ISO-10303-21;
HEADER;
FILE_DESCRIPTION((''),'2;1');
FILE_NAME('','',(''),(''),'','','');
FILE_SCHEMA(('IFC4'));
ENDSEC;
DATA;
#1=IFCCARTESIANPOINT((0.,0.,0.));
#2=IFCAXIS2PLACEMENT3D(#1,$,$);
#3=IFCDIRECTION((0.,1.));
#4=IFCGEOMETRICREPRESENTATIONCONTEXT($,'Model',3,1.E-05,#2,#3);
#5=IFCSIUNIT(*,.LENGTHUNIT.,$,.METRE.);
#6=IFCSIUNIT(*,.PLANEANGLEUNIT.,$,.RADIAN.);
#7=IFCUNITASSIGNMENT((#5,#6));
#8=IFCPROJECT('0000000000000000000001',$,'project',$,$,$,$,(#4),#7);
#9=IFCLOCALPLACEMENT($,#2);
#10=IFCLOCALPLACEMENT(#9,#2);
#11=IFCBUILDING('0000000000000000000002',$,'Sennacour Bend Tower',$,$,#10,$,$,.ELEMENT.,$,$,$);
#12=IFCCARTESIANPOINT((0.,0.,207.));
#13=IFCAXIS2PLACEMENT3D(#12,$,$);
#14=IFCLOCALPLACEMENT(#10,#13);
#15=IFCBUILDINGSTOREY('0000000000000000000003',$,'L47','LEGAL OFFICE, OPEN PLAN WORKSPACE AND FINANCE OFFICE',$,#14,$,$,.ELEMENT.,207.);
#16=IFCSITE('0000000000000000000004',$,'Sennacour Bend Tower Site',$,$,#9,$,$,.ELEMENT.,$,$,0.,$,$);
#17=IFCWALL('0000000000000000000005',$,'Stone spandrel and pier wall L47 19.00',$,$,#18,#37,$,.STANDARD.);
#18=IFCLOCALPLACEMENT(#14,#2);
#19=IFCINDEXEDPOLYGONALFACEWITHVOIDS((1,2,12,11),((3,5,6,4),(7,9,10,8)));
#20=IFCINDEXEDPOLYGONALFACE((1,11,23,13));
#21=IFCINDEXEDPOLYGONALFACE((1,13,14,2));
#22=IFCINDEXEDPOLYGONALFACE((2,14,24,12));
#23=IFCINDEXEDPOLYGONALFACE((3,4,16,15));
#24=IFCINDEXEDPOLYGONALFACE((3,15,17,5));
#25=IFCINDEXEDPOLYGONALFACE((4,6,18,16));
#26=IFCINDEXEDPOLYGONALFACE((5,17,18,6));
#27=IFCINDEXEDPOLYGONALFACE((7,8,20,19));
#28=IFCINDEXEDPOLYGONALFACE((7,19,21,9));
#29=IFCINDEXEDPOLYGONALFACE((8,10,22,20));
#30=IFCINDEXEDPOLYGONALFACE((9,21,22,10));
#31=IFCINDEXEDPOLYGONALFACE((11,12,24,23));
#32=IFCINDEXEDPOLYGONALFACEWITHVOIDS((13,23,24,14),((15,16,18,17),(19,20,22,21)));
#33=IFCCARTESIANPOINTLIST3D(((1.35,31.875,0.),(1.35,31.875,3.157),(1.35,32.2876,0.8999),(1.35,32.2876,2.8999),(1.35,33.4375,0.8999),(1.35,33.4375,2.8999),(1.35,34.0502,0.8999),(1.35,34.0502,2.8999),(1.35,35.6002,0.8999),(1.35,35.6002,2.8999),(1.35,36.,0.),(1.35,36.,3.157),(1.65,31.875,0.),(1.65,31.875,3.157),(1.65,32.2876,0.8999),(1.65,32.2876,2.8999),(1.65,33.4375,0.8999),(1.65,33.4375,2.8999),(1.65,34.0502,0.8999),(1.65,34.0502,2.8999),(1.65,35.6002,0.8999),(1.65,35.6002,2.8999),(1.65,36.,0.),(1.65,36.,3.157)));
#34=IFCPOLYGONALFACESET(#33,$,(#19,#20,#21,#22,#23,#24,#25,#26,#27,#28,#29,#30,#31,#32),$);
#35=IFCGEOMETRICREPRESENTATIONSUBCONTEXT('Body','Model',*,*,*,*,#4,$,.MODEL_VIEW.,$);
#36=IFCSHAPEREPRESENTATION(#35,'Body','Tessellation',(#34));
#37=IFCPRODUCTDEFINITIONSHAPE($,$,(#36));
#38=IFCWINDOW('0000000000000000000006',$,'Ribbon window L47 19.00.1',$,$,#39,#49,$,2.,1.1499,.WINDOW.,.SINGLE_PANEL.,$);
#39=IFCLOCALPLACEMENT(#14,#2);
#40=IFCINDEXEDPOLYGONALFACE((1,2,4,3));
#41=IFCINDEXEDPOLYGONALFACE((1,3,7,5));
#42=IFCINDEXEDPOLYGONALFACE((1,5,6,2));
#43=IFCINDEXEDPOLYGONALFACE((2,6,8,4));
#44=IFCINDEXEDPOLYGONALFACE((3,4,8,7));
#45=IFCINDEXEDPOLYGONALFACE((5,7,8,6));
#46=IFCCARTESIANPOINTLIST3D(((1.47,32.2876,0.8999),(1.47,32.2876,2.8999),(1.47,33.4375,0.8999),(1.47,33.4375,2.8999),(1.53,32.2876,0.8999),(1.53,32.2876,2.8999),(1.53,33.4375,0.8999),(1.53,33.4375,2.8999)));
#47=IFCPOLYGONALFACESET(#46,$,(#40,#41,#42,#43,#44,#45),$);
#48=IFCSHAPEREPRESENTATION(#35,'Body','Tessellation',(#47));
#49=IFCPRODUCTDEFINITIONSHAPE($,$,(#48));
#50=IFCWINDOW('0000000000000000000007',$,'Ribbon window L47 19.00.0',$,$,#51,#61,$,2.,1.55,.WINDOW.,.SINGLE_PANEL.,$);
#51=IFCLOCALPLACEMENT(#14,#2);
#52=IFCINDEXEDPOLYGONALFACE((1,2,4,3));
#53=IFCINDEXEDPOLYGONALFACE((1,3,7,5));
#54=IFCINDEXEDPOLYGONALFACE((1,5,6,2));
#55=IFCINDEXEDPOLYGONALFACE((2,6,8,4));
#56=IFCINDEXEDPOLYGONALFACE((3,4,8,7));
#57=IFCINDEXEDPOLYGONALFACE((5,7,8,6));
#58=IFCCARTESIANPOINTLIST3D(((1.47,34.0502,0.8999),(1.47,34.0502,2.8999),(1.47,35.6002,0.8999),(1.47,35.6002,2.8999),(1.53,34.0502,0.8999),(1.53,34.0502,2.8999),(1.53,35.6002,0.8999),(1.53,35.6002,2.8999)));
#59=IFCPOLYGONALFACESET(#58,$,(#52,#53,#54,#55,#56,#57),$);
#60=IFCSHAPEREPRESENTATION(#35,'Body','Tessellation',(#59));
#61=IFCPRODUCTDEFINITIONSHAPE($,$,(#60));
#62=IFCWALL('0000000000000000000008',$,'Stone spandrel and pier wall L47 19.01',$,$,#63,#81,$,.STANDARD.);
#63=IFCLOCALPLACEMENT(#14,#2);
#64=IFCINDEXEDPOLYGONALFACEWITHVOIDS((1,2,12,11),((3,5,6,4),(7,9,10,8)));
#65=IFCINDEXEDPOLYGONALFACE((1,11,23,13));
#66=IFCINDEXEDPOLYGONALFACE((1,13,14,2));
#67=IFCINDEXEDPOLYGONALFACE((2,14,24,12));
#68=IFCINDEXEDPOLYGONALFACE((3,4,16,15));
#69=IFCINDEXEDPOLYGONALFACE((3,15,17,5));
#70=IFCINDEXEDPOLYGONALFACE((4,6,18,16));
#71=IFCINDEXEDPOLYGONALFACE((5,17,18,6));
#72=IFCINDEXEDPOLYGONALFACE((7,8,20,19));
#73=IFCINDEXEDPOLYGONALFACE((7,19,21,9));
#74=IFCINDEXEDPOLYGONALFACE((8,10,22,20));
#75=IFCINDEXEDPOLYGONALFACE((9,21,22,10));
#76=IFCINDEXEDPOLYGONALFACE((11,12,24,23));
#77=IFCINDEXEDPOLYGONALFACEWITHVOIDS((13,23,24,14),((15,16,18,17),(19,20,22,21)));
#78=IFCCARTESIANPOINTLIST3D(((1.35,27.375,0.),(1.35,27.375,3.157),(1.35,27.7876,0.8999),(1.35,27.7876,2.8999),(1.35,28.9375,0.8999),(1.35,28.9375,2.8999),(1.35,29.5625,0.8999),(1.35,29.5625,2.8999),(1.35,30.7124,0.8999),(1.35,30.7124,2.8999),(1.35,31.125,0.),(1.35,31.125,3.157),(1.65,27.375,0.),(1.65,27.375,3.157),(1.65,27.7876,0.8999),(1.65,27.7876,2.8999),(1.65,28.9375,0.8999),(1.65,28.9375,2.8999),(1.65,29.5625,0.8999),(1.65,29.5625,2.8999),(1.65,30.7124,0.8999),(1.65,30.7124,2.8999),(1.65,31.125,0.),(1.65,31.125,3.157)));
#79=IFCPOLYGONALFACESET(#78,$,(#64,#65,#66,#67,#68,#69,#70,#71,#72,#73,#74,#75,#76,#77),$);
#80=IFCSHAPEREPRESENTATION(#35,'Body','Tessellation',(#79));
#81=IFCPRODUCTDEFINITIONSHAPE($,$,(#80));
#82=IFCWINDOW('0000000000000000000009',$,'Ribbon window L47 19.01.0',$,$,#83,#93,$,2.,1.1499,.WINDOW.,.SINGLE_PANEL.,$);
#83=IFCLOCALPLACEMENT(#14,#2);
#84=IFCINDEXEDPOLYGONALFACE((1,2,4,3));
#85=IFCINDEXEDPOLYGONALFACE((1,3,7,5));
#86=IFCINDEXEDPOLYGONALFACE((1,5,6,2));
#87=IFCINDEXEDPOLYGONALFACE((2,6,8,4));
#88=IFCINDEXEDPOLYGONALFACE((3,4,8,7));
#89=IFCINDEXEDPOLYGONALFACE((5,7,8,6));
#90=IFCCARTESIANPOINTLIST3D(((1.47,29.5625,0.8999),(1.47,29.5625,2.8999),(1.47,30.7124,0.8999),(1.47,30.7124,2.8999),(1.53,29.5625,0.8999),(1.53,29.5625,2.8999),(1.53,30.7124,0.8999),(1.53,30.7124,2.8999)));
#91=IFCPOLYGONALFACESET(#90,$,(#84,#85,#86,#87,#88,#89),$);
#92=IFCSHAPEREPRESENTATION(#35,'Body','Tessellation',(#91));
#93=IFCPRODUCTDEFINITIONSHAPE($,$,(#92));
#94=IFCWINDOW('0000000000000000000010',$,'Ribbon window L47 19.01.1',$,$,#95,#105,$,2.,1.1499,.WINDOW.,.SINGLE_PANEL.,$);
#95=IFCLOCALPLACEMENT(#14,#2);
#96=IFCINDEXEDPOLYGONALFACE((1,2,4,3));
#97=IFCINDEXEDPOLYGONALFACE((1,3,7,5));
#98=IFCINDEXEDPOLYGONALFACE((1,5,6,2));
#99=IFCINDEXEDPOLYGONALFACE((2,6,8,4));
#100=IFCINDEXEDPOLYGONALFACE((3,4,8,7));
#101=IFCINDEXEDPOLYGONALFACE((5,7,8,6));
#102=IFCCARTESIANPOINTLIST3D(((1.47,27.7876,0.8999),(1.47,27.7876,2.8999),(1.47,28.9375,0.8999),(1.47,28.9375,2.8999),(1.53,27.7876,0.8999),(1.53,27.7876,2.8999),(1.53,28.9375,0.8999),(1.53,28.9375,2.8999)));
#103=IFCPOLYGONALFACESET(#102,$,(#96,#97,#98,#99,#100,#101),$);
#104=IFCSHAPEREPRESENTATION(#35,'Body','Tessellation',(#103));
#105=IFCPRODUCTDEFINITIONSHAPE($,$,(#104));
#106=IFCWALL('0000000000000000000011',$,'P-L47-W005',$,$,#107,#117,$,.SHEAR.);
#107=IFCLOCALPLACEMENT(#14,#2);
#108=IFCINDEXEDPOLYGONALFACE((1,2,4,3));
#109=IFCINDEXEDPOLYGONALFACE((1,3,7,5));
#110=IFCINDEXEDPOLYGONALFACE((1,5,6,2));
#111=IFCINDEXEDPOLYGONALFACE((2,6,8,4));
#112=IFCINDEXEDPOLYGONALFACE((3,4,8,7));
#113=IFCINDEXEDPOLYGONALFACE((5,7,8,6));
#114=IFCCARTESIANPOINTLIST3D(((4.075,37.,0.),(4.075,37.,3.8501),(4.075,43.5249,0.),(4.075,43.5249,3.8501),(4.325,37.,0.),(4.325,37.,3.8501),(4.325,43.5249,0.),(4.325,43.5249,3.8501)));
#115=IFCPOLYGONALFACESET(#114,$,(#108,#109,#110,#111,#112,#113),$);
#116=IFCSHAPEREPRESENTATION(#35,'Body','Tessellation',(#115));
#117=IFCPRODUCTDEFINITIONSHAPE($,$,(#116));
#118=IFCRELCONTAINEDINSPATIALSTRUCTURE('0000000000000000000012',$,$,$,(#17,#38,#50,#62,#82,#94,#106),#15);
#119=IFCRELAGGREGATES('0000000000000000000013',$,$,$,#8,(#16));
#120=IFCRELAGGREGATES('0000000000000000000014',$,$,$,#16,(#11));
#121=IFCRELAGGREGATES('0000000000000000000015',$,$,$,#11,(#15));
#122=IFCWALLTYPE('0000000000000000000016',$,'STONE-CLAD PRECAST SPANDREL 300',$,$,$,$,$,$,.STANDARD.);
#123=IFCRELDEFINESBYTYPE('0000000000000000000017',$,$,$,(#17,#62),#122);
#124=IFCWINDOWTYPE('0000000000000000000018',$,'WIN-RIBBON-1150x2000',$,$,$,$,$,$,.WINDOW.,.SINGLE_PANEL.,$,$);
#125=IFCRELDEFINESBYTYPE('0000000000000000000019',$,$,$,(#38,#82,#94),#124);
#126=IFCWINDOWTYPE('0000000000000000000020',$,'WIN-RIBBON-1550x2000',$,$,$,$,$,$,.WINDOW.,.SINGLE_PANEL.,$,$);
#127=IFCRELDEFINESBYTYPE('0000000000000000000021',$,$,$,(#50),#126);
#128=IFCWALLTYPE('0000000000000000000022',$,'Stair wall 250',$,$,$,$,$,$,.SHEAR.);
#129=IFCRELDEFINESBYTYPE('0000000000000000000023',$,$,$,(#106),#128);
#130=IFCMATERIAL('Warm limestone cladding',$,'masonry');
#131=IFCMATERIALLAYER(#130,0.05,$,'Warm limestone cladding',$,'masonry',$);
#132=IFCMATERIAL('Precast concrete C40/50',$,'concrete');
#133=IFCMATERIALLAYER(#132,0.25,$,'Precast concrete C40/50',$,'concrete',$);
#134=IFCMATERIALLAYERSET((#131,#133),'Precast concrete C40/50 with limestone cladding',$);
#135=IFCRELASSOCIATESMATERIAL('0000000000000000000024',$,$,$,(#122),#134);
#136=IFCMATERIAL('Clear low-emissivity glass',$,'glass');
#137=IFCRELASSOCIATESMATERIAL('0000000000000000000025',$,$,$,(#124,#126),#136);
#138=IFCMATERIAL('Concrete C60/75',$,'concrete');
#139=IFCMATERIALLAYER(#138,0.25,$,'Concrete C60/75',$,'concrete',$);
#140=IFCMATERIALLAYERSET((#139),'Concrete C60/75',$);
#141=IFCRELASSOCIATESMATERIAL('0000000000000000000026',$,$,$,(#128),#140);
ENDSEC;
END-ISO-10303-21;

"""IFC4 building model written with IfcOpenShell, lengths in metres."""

from ifc_helpers import new_model, si_unit, direction, frame, frame_2d, origin, place, context, subcontext, project, spatial, rectangle, extrude, material, layer, layer_set, type_object, element, fill, save


model = new_model("IFC4")

# Units and contexts
model_context = context("Model", 3, precision=1e-05, world=origin(), true_north=direction((0.0, 1.0)))
body_context = subcontext(model_context, "Body", "Model", "MODEL_VIEW")
ifc_project = project(units=[si_unit("LENGTHUNIT", "METRE"), si_unit("PLANEANGLEUNIT", "RADIAN")], contexts=[model_context])

# Site, building, storey
site_placement = place(None, origin())
site = spatial("IfcSite", under=ifc_project, at=site_placement, Name="Sennacour Bend Tower Site", CompositionType="ELEMENT", RefElevation=0.0)
building_placement = place(site_placement, origin())
building = spatial("IfcBuilding", under=site, at=building_placement, Name="Sennacour Bend Tower", CompositionType="ELEMENT")
storey_placement = place(building_placement, frame((0.0, 0.0, 207.0)))
storey = spatial("IfcBuildingStorey", under=building, at=storey_placement, Name="L47", Description="LEGAL OFFICE, OPEN PLAN WORKSPACE AND FINANCE OFFICE", CompositionType="ELEMENT", Elevation=207.0)

# Shared definitions
ifc_material_1 = material(Name="Concrete C60/75", Category="concrete")

# Walls, openings, windows
ifc_material_2 = material(Name="Warm limestone cladding", Category="masonry")
ifc_layer_1 = layer(ifc_material_2, 0.05, Name="Warm limestone cladding", Category="masonry")
ifc_material_3 = material(Name="Precast concrete C40/50", Category="concrete")
ifc_layer_2 = layer(ifc_material_3, 0.25, Name="Precast concrete C40/50", Category="concrete")
ifc_layer_set_1 = layer_set([ifc_layer_1, ifc_layer_2], Name="Precast concrete C40/50 with limestone cladding")
wall_type_1 = type_object("IfcWallType", Name="STONE-CLAD PRECAST SPANDREL 300", PredefinedType="STANDARD", material=ifc_layer_set_1)
wall_1_placement = place(storey_placement, frame((1.5, 36.0, 0.0), z_axis=(0.0, 0.0, 1.0), x_axis=(0.0, -1.0, 0.0)))
wall_1 = element("IfcWall", 1, at=wall_1_placement, inside=storey, type_object=wall_type_1, Name="Stone spandrel and pier wall L47 19.00", PredefinedType="STANDARD", context=body_context, shape_type="SweptSolid", body=[
    extrude(rectangle(XDim=4.125, YDim=0.3, at=frame_2d((2.0625, 0.0))), origin(), (0.0, 0.0, 1.0), 3.157),
])
opening_1_placement = place(wall_1_placement, frame((0.3999, 0.0, 0.8999)))
opening_1 = element("IfcOpeningElement", 2, at=opening_1_placement, cuts=wall_1, PredefinedType="OPENING", context=body_context, shape_type="SweptSolid", body=[
    extrude(rectangle(XDim=1.55, YDim=2.0, at=frame_2d((0.7749, 1.0))), frame((0.0, 0.1602, 0.0), z_axis=(0.0, -1.0, 0.0), x_axis=(1.0, 0.0, 0.0)), (0.0, 0.0, 1.0), 0.3201),
])
opening_2_placement = place(wall_1_placement, frame((2.5625, 0.0, 0.8999)))
opening_2 = element("IfcOpeningElement", 3, at=opening_2_placement, cuts=wall_1, PredefinedType="OPENING", context=body_context, shape_type="SweptSolid", body=[
    extrude(rectangle(XDim=1.1499, YDim=2.0, at=frame_2d((0.575, 1.0))), frame((0.0, 0.1602, 0.0), z_axis=(0.0, -1.0, 0.0), x_axis=(1.0, 0.0, 0.0)), (0.0, 0.0, 1.0), 0.3201),
])
ifc_material_4 = material(Name="Clear low-emissivity glass", Category="glass")
window_type_1 = type_object("IfcWindowType", Name="WIN-RIBBON-1150x2000", PartitioningType="SINGLE_PANEL", PredefinedType="WINDOW", material=ifc_material_4)
window_1_placement = place(opening_2_placement, origin())
window_1 = element("IfcWindow", 4, at=window_1_placement, inside=storey, type_object=window_type_1, Name="Ribbon window L47 19.00.1", OverallHeight=2.0, OverallWidth=1.1499, PartitioningType="SINGLE_PANEL", PredefinedType="WINDOW", context=body_context, shape_type="SweptSolid", body=[
    extrude(rectangle(XDim=1.1499, YDim=2.0, at=frame_2d((0.575, 1.0))), frame((0.0, 0.03, 0.0), z_axis=(0.0, -1.0, 0.0), x_axis=(1.0, 0.0, 0.0)), (0.0, 0.0, 1.0), 0.0601),
])
fill(opening_2, window_1)
window_type_2 = type_object("IfcWindowType", Name="WIN-RIBBON-1550x2000", PartitioningType="SINGLE_PANEL", PredefinedType="WINDOW", material=ifc_material_4)
window_2_placement = place(opening_1_placement, origin())
window_2 = element("IfcWindow", 5, at=window_2_placement, inside=storey, type_object=window_type_2, Name="Ribbon window L47 19.00.0", OverallHeight=2.0, OverallWidth=1.55, PartitioningType="SINGLE_PANEL", PredefinedType="WINDOW", context=body_context, shape_type="SweptSolid", body=[
    extrude(rectangle(XDim=1.55, YDim=2.0, at=frame_2d((0.7749, 1.0))), frame((0.0, 0.03, 0.0), z_axis=(0.0, -1.0, 0.0), x_axis=(1.0, 0.0, 0.0)), (0.0, 0.0, 1.0), 0.0601),
])
fill(opening_1, window_2)
wall_2_placement = place(storey_placement, frame((1.5, 31.125, 0.0), z_axis=(0.0, 0.0, 1.0), x_axis=(0.0, -1.0, 0.0)))
wall_2 = element("IfcWall", 6, at=wall_2_placement, inside=storey, type_object=wall_type_1, Name="Stone spandrel and pier wall L47 19.01", PredefinedType="STANDARD", context=body_context, shape_type="SweptSolid", body=[
    extrude(rectangle(XDim=3.75, YDim=0.3, at=frame_2d((1.875, 0.0))), origin(), (0.0, 0.0, 1.0), 3.157),
])
opening_3_placement = place(wall_2_placement, frame((0.4126, 0.0, 0.8999)))
opening_3 = element("IfcOpeningElement", 7, at=opening_3_placement, cuts=wall_2, PredefinedType="OPENING", context=body_context, shape_type="SweptSolid", body=[
    extrude(rectangle(XDim=1.1499, YDim=2.0, at=frame_2d((0.575, 1.0))), frame((0.0, 0.1602, 0.0), z_axis=(0.0, -1.0, 0.0), x_axis=(1.0, 0.0, 0.0)), (0.0, 0.0, 1.0), 0.3201),
])
opening_4_placement = place(wall_2_placement, frame((2.1875, 0.0, 0.8999)))
opening_4 = element("IfcOpeningElement", 8, at=opening_4_placement, cuts=wall_2, PredefinedType="OPENING", context=body_context, shape_type="SweptSolid", body=[
    extrude(rectangle(XDim=1.1499, YDim=2.0, at=frame_2d((0.575, 1.0))), frame((0.0, 0.1602, 0.0), z_axis=(0.0, -1.0, 0.0), x_axis=(1.0, 0.0, 0.0)), (0.0, 0.0, 1.0), 0.3201),
])
window_3_placement = place(opening_3_placement, origin())
window_3 = element("IfcWindow", 9, at=window_3_placement, inside=storey, type_object=window_type_1, Name="Ribbon window L47 19.01.0", OverallHeight=2.0, OverallWidth=1.1499, PartitioningType="SINGLE_PANEL", PredefinedType="WINDOW", context=body_context, shape_type="SweptSolid", body=[
    extrude(rectangle(XDim=1.1499, YDim=2.0, at=frame_2d((0.575, 1.0))), frame((0.0, 0.03, 0.0), z_axis=(0.0, -1.0, 0.0), x_axis=(1.0, 0.0, 0.0)), (0.0, 0.0, 1.0), 0.0601),
])
fill(opening_3, window_3)
window_4_placement = place(opening_4_placement, origin())
window_4 = element("IfcWindow", 10, at=window_4_placement, inside=storey, type_object=window_type_1, Name="Ribbon window L47 19.01.1", OverallHeight=2.0, OverallWidth=1.1499, PartitioningType="SINGLE_PANEL", PredefinedType="WINDOW", context=body_context, shape_type="SweptSolid", body=[
    extrude(rectangle(XDim=1.1499, YDim=2.0, at=frame_2d((0.575, 1.0))), frame((0.0, 0.03, 0.0), z_axis=(0.0, -1.0, 0.0), x_axis=(1.0, 0.0, 0.0)), (0.0, 0.0, 1.0), 0.0601),
])
fill(opening_4, window_4)

# Wall
ifc_layer_3 = layer(ifc_material_1, 0.25, Name="Concrete C60/75", Category="concrete")
ifc_layer_set_2 = layer_set([ifc_layer_3], Name="Concrete C60/75")
wall_type_2 = type_object("IfcWallType", Name="Stair wall 250", PredefinedType="SHEAR", material=ifc_layer_set_2)
wall_3_placement = place(storey_placement, frame((4.2, 37.0, 0.0), z_axis=(0.0, 0.0, 1.0), x_axis=(0.0, 1.0, 0.0)))
element("IfcWall", 11, at=wall_3_placement, inside=storey, type_object=wall_type_2, Name="P-L47-W005", PredefinedType="SHEAR", context=body_context, shape_type="SweptSolid", body=[
    extrude(rectangle(XDim=6.5249, YDim=0.25, at=frame_2d((3.2625, 0.0))), origin(), (0.0, 0.0, 1.0), 3.8501),
])

save(model, "model.ifc")
